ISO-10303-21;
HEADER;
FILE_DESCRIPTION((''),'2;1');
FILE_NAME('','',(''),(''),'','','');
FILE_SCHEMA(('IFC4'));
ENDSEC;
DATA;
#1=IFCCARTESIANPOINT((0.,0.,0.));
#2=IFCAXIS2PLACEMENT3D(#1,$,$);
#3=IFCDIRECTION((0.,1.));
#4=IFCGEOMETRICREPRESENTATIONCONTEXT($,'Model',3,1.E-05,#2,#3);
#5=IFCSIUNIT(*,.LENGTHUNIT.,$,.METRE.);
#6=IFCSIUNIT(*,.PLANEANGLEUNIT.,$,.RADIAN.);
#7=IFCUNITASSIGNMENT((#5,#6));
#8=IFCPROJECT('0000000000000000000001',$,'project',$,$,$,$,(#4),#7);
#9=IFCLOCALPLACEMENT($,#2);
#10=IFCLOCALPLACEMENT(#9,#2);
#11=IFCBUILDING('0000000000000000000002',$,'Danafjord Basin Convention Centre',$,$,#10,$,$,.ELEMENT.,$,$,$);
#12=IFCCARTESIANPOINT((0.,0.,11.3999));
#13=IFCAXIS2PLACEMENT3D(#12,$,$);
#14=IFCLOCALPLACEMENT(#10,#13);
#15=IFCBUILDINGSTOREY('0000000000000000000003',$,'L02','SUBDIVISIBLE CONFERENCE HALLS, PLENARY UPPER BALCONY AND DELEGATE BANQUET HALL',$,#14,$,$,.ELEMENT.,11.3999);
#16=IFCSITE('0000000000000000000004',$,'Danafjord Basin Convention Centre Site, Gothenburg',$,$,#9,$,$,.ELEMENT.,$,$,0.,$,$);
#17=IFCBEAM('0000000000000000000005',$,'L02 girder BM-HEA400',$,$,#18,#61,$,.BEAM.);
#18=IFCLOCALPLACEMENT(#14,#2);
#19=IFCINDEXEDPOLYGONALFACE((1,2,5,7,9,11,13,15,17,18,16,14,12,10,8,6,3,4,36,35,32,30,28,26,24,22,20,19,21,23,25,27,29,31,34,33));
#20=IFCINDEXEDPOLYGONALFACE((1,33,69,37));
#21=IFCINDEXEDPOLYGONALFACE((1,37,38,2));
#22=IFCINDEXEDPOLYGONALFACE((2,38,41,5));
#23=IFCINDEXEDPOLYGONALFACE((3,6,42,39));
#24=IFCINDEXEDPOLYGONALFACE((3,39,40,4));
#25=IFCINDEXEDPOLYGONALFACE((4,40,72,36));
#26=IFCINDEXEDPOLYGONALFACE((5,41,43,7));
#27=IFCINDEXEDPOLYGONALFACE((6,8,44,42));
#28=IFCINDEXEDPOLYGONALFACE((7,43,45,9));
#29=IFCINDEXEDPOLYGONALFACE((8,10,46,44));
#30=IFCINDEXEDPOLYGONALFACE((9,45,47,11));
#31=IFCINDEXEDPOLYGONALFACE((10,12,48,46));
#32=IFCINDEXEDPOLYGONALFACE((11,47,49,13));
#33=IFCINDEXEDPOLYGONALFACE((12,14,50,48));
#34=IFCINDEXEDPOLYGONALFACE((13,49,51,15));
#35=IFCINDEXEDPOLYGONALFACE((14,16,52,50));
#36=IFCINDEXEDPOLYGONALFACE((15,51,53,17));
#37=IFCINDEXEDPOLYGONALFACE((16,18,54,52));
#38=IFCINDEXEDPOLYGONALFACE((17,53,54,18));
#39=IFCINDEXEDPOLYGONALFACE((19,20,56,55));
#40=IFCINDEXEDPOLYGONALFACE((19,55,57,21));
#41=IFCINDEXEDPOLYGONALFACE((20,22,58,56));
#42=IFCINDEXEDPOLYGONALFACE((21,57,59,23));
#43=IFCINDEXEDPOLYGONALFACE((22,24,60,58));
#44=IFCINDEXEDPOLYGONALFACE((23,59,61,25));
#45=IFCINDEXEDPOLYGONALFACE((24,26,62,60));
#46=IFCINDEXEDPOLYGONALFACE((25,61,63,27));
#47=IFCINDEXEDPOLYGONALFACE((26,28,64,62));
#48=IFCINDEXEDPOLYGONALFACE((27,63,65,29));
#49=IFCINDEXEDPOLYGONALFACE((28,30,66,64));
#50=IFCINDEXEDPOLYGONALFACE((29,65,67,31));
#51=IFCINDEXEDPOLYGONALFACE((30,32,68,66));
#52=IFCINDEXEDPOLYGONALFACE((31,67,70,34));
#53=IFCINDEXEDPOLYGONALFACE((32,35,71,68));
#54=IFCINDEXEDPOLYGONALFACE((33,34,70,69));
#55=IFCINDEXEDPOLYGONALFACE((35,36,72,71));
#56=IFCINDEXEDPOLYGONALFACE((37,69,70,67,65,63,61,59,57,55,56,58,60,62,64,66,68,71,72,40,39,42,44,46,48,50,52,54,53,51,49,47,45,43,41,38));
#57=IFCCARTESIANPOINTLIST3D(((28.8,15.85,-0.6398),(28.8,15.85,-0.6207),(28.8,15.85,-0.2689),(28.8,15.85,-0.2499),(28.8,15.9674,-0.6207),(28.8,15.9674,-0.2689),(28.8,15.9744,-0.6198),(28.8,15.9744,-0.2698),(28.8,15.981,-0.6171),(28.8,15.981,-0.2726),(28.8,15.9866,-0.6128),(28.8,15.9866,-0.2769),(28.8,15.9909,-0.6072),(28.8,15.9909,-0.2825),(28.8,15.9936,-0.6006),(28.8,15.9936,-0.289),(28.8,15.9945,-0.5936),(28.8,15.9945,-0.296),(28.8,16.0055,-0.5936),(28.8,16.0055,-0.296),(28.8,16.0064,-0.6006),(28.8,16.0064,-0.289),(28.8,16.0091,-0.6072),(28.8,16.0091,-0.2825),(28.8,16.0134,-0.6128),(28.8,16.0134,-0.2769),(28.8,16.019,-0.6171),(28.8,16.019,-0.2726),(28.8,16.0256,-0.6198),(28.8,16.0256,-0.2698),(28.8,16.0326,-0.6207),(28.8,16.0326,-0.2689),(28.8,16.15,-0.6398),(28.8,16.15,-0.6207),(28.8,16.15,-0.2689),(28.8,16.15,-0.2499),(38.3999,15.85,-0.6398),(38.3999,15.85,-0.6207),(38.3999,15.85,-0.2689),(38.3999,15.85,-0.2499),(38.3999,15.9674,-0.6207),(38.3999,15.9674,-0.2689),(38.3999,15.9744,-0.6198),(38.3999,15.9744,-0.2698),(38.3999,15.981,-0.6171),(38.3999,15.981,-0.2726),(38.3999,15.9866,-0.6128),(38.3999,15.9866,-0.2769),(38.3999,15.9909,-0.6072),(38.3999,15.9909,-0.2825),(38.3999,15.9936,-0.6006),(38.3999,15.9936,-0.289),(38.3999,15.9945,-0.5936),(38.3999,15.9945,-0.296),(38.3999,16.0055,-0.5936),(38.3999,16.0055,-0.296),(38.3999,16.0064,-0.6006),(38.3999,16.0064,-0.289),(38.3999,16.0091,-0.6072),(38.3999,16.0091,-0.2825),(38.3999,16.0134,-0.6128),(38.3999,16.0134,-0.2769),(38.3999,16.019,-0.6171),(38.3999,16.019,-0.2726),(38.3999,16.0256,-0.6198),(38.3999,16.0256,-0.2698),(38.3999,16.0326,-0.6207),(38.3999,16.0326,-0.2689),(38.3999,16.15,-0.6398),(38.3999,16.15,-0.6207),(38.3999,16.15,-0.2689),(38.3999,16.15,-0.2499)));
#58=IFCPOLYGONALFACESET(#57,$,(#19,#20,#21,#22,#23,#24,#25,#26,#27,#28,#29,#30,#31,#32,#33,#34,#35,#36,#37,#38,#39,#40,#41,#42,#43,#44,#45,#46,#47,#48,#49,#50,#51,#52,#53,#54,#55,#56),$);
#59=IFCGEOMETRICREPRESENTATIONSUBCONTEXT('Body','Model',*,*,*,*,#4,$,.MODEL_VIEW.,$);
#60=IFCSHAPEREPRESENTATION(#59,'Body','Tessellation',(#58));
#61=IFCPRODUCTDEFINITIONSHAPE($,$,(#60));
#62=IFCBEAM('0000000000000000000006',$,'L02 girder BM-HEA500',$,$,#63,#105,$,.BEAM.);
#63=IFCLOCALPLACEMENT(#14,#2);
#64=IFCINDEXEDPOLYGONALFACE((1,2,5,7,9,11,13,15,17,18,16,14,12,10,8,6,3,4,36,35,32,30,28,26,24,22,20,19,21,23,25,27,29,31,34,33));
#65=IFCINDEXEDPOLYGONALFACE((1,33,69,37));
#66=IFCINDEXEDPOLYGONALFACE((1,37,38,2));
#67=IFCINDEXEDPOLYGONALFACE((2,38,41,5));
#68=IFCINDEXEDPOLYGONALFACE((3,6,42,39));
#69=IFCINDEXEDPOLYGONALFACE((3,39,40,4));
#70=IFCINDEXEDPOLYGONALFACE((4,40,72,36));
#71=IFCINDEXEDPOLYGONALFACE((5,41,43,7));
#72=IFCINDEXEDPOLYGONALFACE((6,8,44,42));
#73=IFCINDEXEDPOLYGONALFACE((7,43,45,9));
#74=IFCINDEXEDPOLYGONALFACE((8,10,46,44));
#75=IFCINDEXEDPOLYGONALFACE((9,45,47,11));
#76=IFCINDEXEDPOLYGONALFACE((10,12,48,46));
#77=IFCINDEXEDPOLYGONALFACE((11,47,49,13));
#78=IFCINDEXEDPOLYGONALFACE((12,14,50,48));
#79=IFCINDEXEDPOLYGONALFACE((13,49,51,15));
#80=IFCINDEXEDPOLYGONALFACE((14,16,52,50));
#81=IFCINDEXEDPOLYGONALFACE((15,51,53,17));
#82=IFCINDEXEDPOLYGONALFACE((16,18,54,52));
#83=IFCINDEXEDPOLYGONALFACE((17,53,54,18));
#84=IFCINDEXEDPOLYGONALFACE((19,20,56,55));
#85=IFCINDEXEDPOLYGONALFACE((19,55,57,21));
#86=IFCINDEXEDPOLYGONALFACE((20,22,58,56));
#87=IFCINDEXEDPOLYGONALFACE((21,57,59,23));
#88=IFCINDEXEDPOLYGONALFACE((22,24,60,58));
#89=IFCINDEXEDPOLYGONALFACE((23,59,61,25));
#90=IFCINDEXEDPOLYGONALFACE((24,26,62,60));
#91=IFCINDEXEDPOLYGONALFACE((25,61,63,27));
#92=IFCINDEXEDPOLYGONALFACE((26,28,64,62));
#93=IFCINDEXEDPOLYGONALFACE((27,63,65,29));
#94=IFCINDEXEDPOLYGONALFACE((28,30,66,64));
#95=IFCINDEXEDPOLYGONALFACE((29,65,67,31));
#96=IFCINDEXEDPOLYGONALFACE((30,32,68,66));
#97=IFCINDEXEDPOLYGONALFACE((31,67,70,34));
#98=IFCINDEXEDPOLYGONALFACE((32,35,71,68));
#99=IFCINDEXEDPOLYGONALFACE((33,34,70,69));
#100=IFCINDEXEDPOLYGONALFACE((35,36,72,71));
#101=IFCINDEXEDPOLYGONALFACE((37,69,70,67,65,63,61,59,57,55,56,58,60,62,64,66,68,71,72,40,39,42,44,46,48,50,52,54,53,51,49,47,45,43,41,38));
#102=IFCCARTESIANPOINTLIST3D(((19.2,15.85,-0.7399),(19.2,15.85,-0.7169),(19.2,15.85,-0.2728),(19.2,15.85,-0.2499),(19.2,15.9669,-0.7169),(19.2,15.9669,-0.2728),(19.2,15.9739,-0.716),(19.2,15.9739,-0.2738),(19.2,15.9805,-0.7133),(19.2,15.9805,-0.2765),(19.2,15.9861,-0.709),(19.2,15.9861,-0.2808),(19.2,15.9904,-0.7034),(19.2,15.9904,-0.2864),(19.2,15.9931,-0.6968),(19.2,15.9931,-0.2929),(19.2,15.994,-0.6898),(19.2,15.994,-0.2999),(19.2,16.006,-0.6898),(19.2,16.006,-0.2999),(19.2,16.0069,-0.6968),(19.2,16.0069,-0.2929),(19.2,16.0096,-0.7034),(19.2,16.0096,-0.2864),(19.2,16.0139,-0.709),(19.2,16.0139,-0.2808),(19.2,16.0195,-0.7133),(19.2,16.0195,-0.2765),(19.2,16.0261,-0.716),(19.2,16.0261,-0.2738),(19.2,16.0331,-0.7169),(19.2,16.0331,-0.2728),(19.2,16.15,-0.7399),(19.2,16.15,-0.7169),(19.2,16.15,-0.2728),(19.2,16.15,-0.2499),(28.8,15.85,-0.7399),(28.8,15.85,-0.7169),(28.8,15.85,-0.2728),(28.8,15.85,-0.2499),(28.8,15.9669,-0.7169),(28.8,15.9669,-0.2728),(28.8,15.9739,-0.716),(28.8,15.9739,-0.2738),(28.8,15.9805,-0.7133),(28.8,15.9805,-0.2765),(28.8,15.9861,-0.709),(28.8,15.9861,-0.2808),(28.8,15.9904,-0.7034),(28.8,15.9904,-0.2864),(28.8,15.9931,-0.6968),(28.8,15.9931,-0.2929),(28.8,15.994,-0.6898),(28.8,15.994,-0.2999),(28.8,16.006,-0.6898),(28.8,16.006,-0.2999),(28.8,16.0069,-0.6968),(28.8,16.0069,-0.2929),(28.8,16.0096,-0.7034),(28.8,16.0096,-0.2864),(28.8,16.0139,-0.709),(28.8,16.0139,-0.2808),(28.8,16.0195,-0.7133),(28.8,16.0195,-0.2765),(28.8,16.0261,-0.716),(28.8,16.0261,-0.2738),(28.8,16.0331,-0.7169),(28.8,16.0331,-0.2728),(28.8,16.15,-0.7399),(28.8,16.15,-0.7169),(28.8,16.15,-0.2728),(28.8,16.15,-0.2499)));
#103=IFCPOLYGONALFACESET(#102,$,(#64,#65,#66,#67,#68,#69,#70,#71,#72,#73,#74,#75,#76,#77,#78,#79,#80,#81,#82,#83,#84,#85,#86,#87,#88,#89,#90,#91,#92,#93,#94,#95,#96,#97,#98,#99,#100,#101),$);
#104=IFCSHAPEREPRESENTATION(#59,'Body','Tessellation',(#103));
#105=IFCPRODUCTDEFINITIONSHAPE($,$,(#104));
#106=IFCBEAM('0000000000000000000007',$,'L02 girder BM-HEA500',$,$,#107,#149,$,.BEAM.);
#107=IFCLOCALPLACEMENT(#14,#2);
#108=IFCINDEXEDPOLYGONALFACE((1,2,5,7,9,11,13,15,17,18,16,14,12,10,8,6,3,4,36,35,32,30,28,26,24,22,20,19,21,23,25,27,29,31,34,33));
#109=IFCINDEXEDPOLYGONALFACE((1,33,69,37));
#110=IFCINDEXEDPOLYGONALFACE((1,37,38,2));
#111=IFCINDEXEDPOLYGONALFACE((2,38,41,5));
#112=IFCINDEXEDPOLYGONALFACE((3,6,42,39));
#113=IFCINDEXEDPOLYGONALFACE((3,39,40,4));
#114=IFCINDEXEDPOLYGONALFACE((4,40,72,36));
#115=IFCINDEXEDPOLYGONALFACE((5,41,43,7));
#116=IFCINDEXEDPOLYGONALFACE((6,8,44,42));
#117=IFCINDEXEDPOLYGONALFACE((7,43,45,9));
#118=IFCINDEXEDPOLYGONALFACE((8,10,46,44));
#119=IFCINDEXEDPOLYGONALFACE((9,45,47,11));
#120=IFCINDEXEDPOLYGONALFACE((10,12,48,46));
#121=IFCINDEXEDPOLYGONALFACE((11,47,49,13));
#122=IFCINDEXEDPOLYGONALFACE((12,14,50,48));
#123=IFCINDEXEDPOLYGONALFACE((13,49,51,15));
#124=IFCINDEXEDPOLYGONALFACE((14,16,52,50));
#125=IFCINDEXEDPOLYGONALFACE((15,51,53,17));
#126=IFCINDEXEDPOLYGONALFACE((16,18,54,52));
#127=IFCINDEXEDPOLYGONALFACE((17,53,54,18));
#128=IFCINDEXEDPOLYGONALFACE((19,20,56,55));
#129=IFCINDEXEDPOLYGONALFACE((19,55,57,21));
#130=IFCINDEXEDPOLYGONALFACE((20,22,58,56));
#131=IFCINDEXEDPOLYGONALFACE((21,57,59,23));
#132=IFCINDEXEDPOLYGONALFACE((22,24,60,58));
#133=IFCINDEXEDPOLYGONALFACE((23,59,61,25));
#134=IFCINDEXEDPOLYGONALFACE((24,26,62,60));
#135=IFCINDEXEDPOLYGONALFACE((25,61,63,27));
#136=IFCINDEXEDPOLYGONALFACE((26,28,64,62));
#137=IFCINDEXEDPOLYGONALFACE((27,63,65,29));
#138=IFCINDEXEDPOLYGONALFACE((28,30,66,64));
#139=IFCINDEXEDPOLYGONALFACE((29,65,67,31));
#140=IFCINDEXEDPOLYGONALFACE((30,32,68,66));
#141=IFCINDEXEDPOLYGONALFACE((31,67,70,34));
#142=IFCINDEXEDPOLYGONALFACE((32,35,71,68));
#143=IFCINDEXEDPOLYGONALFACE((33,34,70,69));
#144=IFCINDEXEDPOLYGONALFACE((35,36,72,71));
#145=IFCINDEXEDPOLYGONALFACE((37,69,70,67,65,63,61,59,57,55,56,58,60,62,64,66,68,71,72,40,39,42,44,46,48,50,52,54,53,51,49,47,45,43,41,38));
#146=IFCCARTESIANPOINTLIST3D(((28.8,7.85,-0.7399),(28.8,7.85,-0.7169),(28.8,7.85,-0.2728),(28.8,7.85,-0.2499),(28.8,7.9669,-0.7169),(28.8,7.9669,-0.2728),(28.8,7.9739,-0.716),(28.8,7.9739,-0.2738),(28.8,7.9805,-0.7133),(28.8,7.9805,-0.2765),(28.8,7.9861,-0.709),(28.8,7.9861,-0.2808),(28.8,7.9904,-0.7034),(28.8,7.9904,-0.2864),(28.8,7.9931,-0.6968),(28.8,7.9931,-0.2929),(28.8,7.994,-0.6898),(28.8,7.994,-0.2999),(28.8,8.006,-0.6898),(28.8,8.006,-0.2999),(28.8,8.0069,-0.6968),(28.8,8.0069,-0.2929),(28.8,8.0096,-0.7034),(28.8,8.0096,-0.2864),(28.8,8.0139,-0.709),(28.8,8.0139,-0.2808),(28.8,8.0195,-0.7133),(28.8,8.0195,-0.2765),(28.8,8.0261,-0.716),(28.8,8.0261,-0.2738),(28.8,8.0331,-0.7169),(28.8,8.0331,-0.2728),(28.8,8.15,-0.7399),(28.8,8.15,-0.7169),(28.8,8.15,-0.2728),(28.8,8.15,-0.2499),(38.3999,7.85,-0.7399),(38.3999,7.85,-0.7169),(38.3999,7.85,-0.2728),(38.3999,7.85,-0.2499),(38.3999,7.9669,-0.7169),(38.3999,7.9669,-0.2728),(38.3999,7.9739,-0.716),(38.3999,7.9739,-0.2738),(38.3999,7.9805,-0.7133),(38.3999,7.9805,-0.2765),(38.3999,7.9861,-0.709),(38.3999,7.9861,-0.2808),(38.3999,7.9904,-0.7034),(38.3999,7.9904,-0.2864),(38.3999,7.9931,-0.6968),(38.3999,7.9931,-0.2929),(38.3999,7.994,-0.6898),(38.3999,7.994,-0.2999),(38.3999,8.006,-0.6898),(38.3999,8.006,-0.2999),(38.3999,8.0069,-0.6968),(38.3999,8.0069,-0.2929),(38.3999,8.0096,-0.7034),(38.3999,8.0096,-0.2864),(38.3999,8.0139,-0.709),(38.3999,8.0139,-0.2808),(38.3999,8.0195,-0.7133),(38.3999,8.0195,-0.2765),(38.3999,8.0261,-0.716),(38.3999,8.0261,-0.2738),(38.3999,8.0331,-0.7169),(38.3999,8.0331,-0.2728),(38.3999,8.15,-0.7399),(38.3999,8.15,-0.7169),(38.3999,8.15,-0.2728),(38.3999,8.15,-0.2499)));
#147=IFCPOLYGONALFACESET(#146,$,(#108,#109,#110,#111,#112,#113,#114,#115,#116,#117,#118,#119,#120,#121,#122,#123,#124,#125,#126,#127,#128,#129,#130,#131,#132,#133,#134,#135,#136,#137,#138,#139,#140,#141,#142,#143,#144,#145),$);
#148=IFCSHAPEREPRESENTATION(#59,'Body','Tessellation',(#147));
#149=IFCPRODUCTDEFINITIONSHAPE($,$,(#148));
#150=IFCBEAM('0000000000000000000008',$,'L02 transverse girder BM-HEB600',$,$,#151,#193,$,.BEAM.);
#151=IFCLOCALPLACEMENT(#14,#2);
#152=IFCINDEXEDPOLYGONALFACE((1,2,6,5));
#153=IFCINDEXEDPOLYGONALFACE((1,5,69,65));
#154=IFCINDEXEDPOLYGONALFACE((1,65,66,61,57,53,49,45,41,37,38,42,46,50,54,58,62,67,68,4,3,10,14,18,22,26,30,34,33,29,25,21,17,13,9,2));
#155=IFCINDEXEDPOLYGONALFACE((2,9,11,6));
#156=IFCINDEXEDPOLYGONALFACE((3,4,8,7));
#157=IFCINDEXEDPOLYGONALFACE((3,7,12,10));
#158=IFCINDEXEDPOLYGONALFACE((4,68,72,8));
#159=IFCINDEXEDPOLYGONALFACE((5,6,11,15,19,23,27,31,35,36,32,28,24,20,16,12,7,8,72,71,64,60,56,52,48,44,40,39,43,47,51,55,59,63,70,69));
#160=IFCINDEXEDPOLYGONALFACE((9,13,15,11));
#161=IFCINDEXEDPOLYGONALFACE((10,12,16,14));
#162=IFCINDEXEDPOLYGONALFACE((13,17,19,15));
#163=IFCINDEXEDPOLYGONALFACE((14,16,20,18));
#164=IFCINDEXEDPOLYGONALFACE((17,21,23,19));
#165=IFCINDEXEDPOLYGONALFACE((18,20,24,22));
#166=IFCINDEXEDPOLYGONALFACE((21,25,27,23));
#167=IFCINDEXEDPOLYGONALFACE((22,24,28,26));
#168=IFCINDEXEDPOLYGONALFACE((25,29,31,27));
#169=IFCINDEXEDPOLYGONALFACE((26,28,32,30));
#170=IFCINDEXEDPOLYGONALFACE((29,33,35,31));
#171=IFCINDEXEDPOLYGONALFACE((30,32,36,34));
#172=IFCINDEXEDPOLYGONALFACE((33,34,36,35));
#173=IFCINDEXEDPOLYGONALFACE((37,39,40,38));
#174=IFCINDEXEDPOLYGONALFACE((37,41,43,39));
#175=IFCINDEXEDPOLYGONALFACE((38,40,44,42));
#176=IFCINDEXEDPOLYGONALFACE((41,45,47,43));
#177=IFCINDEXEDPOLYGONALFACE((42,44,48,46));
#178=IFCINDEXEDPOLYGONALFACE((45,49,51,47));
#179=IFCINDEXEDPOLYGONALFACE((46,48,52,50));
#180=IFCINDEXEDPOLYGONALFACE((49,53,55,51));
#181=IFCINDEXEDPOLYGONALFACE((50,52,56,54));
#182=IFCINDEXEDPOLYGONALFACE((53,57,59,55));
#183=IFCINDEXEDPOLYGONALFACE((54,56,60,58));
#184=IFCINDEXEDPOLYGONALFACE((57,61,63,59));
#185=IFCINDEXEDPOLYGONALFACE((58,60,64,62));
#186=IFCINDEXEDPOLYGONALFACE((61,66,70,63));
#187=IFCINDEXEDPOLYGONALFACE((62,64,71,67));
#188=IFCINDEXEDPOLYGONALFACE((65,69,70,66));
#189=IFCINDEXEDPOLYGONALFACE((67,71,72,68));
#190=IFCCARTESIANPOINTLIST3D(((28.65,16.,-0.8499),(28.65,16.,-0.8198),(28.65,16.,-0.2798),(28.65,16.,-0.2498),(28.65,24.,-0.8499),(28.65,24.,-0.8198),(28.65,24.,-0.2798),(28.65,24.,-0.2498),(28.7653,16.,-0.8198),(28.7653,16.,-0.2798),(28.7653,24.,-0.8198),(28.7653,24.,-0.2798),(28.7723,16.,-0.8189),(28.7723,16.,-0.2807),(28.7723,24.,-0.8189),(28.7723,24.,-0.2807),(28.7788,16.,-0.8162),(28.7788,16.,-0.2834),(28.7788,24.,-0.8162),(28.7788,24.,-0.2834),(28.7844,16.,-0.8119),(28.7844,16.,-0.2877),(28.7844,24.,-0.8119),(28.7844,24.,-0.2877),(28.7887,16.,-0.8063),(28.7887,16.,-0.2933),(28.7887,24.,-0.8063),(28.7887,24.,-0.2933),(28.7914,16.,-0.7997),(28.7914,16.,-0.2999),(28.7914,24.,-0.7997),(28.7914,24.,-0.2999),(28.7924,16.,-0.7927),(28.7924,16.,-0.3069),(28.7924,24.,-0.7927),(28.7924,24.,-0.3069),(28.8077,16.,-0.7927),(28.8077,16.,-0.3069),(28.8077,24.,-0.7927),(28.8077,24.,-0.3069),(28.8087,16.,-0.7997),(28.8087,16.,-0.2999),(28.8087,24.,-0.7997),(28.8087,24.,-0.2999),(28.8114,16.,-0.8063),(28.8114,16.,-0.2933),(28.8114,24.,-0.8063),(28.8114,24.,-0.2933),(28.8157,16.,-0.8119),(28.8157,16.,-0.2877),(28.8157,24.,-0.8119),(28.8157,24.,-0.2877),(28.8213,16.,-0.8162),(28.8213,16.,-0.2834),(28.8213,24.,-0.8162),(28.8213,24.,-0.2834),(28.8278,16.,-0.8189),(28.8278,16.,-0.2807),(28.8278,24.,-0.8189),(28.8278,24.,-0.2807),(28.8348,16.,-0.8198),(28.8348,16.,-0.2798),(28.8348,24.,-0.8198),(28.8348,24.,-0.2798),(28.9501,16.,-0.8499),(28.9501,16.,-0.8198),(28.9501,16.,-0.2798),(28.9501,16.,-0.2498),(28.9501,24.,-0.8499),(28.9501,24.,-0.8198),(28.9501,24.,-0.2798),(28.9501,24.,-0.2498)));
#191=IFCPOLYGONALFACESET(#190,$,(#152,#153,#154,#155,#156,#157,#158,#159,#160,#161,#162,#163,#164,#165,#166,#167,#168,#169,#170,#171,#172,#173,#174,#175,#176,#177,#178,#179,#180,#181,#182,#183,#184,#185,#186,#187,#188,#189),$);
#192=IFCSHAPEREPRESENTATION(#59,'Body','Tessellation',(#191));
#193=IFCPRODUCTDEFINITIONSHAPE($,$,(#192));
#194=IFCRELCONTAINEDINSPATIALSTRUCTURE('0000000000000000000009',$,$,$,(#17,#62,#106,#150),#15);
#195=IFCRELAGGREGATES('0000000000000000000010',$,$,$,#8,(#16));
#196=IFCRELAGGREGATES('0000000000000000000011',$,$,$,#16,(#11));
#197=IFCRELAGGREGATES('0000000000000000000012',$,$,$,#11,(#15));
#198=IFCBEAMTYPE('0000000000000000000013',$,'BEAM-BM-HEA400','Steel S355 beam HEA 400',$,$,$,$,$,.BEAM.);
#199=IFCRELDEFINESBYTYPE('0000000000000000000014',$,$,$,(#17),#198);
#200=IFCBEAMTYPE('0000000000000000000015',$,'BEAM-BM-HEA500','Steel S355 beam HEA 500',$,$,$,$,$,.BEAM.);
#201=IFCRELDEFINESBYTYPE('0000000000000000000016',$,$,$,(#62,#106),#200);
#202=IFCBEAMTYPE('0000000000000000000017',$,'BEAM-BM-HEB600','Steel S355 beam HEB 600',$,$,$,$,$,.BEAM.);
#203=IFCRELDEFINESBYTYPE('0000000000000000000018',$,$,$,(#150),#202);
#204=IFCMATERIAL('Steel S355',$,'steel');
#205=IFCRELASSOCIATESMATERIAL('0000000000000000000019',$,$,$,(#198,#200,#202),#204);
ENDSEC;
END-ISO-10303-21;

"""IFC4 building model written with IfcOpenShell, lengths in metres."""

from ifc_helpers import new_model, si_unit, direction, frame, origin, origin_2d, place, context, subcontext, project, spatial, i_section, extrude, material, material_profile, profile_set, type_object, element, save


model = new_model("IFC4")

# Units and contexts
model_context = context("Model", 3, precision=1e-05, world=origin(), true_north=direction((0.0, 1.0)))
body_context = subcontext(model_context, "Body", "Model", "MODEL_VIEW")
ifc_project = project(units=[si_unit("LENGTHUNIT", "METRE"), si_unit("PLANEANGLEUNIT", "RADIAN")], contexts=[model_context])

# Site, building, storey
site_placement = place(None, origin())
site = spatial("IfcSite", under=ifc_project, at=site_placement, Name="Danafjord Basin Convention Centre Site, Gothenburg", CompositionType="ELEMENT", RefElevation=0.0)
building_placement = place(site_placement, origin())
building = spatial("IfcBuilding", under=site, at=building_placement, Name="Danafjord Basin Convention Centre", CompositionType="ELEMENT")
storey_placement = place(building_placement, frame((0.0, 0.0, 11.3999)))
storey = spatial("IfcBuildingStorey", under=building, at=storey_placement, Name="L02", Description="SUBDIVISIBLE CONFERENCE HALLS, PLENARY UPPER BALCONY AND DELEGATE BANQUET HALL", CompositionType="ELEMENT", Elevation=11.3999)

# Shared definitions
ifc_material_1 = material(Name="Steel S355", Category="steel")

# Beams
ifc_material_profile_1 = material_profile(ifc_material_1, i_section(OverallWidth=0.3, OverallDepth=0.3899, WebThickness=0.011, FlangeThickness=0.019, FilletRadius=0.0271, at=origin_2d()), Name="HEA 400")
ifc_profile_set_1 = profile_set([ifc_material_profile_1], Name="Steel S355")
beam_type_1 = type_object("IfcBeamType", Name="BEAM-BM-HEA400", Description="Steel S355 beam HEA 400", PredefinedType="BEAM", material=ifc_profile_set_1)
beam_1_placement = place(storey_placement, frame((28.8, 16.0, -0.4448), z_axis=(1.0, 0.0, 0.0), x_axis=(0.0, 1.0, 0.0)))
element("IfcBeam", 1, at=beam_1_placement, inside=storey, type_object=beam_type_1, Name="L02 girder BM-HEA400", PredefinedType="BEAM", context=body_context, shape_type="SweptSolid", body=[
    extrude(i_section(OverallWidth=0.3, OverallDepth=0.3899, WebThickness=0.011, FlangeThickness=0.019, FilletRadius=0.0271, at=origin_2d()), origin(), (0.0, 0.0, 1.0), 9.5999),
])
ifc_material_profile_2 = material_profile(ifc_material_1, i_section(OverallWidth=0.3, OverallDepth=0.49, WebThickness=0.012, FlangeThickness=0.0229, FilletRadius=0.0271, at=origin_2d()), Name="HEA 500")
ifc_profile_set_2 = profile_set([ifc_material_profile_2], Name="Steel S355")
beam_type_2 = type_object("IfcBeamType", Name="BEAM-BM-HEA500", Description="Steel S355 beam HEA 500", PredefinedType="BEAM", material=ifc_profile_set_2)
beam_2_placement = place(storey_placement, frame((19.2, 16.0, -0.4949), z_axis=(1.0, 0.0, 0.0), x_axis=(0.0, 1.0, 0.0)))
element("IfcBeam", 2, at=beam_2_placement, inside=storey, type_object=beam_type_2, Name="L02 girder BM-HEA500", PredefinedType="BEAM", context=body_context, shape_type="SweptSolid", body=[
    extrude(i_section(OverallWidth=0.3, OverallDepth=0.49, WebThickness=0.012, FlangeThickness=0.0229, FilletRadius=0.0271, at=origin_2d()), origin(), (0.0, 0.0, 1.0), 9.6001),
])
beam_3_placement = place(storey_placement, frame((28.8, 8.0, -0.4949), z_axis=(1.0, 0.0, 0.0), x_axis=(0.0, 1.0, 0.0)))
element("IfcBeam", 3, at=beam_3_placement, inside=storey, type_object=beam_type_2, Name="L02 girder BM-HEA500", PredefinedType="BEAM", context=body_context, shape_type="SweptSolid", body=[
    extrude(i_section(OverallWidth=0.3, OverallDepth=0.49, WebThickness=0.012, FlangeThickness=0.0229, FilletRadius=0.0271, at=origin_2d()), origin(), (0.0, 0.0, 1.0), 9.5999),
])
ifc_material_profile_3 = material_profile(ifc_material_1, i_section(OverallWidth=0.3, OverallDepth=0.6001, WebThickness=0.0154, FlangeThickness=0.03, FilletRadius=0.0271, at=origin_2d()), Name="HEB 600")
ifc_profile_set_3 = profile_set([ifc_material_profile_3], Name="Steel S355")
beam_type_3 = type_object("IfcBeamType", Name="BEAM-BM-HEB600", Description="Steel S355 beam HEB 600", PredefinedType="BEAM", material=ifc_profile_set_3)
beam_4_placement = place(storey_placement, frame((28.8, 16.0, -0.5498), z_axis=(0.0, 1.0, 0.0), x_axis=(-1.0, 0.0, 0.0)))
element("IfcBeam", 4, at=beam_4_placement, inside=storey, type_object=beam_type_3, Name="L02 transverse girder BM-HEB600", PredefinedType="BEAM", context=body_context, shape_type="SweptSolid", body=[
    extrude(i_section(OverallWidth=0.3, OverallDepth=0.6001, WebThickness=0.0154, FlangeThickness=0.03, FilletRadius=0.0271, at=origin_2d()), origin(), (0.0, 0.0, 1.0), 8.0),
])

save(model, "model.ifc")
